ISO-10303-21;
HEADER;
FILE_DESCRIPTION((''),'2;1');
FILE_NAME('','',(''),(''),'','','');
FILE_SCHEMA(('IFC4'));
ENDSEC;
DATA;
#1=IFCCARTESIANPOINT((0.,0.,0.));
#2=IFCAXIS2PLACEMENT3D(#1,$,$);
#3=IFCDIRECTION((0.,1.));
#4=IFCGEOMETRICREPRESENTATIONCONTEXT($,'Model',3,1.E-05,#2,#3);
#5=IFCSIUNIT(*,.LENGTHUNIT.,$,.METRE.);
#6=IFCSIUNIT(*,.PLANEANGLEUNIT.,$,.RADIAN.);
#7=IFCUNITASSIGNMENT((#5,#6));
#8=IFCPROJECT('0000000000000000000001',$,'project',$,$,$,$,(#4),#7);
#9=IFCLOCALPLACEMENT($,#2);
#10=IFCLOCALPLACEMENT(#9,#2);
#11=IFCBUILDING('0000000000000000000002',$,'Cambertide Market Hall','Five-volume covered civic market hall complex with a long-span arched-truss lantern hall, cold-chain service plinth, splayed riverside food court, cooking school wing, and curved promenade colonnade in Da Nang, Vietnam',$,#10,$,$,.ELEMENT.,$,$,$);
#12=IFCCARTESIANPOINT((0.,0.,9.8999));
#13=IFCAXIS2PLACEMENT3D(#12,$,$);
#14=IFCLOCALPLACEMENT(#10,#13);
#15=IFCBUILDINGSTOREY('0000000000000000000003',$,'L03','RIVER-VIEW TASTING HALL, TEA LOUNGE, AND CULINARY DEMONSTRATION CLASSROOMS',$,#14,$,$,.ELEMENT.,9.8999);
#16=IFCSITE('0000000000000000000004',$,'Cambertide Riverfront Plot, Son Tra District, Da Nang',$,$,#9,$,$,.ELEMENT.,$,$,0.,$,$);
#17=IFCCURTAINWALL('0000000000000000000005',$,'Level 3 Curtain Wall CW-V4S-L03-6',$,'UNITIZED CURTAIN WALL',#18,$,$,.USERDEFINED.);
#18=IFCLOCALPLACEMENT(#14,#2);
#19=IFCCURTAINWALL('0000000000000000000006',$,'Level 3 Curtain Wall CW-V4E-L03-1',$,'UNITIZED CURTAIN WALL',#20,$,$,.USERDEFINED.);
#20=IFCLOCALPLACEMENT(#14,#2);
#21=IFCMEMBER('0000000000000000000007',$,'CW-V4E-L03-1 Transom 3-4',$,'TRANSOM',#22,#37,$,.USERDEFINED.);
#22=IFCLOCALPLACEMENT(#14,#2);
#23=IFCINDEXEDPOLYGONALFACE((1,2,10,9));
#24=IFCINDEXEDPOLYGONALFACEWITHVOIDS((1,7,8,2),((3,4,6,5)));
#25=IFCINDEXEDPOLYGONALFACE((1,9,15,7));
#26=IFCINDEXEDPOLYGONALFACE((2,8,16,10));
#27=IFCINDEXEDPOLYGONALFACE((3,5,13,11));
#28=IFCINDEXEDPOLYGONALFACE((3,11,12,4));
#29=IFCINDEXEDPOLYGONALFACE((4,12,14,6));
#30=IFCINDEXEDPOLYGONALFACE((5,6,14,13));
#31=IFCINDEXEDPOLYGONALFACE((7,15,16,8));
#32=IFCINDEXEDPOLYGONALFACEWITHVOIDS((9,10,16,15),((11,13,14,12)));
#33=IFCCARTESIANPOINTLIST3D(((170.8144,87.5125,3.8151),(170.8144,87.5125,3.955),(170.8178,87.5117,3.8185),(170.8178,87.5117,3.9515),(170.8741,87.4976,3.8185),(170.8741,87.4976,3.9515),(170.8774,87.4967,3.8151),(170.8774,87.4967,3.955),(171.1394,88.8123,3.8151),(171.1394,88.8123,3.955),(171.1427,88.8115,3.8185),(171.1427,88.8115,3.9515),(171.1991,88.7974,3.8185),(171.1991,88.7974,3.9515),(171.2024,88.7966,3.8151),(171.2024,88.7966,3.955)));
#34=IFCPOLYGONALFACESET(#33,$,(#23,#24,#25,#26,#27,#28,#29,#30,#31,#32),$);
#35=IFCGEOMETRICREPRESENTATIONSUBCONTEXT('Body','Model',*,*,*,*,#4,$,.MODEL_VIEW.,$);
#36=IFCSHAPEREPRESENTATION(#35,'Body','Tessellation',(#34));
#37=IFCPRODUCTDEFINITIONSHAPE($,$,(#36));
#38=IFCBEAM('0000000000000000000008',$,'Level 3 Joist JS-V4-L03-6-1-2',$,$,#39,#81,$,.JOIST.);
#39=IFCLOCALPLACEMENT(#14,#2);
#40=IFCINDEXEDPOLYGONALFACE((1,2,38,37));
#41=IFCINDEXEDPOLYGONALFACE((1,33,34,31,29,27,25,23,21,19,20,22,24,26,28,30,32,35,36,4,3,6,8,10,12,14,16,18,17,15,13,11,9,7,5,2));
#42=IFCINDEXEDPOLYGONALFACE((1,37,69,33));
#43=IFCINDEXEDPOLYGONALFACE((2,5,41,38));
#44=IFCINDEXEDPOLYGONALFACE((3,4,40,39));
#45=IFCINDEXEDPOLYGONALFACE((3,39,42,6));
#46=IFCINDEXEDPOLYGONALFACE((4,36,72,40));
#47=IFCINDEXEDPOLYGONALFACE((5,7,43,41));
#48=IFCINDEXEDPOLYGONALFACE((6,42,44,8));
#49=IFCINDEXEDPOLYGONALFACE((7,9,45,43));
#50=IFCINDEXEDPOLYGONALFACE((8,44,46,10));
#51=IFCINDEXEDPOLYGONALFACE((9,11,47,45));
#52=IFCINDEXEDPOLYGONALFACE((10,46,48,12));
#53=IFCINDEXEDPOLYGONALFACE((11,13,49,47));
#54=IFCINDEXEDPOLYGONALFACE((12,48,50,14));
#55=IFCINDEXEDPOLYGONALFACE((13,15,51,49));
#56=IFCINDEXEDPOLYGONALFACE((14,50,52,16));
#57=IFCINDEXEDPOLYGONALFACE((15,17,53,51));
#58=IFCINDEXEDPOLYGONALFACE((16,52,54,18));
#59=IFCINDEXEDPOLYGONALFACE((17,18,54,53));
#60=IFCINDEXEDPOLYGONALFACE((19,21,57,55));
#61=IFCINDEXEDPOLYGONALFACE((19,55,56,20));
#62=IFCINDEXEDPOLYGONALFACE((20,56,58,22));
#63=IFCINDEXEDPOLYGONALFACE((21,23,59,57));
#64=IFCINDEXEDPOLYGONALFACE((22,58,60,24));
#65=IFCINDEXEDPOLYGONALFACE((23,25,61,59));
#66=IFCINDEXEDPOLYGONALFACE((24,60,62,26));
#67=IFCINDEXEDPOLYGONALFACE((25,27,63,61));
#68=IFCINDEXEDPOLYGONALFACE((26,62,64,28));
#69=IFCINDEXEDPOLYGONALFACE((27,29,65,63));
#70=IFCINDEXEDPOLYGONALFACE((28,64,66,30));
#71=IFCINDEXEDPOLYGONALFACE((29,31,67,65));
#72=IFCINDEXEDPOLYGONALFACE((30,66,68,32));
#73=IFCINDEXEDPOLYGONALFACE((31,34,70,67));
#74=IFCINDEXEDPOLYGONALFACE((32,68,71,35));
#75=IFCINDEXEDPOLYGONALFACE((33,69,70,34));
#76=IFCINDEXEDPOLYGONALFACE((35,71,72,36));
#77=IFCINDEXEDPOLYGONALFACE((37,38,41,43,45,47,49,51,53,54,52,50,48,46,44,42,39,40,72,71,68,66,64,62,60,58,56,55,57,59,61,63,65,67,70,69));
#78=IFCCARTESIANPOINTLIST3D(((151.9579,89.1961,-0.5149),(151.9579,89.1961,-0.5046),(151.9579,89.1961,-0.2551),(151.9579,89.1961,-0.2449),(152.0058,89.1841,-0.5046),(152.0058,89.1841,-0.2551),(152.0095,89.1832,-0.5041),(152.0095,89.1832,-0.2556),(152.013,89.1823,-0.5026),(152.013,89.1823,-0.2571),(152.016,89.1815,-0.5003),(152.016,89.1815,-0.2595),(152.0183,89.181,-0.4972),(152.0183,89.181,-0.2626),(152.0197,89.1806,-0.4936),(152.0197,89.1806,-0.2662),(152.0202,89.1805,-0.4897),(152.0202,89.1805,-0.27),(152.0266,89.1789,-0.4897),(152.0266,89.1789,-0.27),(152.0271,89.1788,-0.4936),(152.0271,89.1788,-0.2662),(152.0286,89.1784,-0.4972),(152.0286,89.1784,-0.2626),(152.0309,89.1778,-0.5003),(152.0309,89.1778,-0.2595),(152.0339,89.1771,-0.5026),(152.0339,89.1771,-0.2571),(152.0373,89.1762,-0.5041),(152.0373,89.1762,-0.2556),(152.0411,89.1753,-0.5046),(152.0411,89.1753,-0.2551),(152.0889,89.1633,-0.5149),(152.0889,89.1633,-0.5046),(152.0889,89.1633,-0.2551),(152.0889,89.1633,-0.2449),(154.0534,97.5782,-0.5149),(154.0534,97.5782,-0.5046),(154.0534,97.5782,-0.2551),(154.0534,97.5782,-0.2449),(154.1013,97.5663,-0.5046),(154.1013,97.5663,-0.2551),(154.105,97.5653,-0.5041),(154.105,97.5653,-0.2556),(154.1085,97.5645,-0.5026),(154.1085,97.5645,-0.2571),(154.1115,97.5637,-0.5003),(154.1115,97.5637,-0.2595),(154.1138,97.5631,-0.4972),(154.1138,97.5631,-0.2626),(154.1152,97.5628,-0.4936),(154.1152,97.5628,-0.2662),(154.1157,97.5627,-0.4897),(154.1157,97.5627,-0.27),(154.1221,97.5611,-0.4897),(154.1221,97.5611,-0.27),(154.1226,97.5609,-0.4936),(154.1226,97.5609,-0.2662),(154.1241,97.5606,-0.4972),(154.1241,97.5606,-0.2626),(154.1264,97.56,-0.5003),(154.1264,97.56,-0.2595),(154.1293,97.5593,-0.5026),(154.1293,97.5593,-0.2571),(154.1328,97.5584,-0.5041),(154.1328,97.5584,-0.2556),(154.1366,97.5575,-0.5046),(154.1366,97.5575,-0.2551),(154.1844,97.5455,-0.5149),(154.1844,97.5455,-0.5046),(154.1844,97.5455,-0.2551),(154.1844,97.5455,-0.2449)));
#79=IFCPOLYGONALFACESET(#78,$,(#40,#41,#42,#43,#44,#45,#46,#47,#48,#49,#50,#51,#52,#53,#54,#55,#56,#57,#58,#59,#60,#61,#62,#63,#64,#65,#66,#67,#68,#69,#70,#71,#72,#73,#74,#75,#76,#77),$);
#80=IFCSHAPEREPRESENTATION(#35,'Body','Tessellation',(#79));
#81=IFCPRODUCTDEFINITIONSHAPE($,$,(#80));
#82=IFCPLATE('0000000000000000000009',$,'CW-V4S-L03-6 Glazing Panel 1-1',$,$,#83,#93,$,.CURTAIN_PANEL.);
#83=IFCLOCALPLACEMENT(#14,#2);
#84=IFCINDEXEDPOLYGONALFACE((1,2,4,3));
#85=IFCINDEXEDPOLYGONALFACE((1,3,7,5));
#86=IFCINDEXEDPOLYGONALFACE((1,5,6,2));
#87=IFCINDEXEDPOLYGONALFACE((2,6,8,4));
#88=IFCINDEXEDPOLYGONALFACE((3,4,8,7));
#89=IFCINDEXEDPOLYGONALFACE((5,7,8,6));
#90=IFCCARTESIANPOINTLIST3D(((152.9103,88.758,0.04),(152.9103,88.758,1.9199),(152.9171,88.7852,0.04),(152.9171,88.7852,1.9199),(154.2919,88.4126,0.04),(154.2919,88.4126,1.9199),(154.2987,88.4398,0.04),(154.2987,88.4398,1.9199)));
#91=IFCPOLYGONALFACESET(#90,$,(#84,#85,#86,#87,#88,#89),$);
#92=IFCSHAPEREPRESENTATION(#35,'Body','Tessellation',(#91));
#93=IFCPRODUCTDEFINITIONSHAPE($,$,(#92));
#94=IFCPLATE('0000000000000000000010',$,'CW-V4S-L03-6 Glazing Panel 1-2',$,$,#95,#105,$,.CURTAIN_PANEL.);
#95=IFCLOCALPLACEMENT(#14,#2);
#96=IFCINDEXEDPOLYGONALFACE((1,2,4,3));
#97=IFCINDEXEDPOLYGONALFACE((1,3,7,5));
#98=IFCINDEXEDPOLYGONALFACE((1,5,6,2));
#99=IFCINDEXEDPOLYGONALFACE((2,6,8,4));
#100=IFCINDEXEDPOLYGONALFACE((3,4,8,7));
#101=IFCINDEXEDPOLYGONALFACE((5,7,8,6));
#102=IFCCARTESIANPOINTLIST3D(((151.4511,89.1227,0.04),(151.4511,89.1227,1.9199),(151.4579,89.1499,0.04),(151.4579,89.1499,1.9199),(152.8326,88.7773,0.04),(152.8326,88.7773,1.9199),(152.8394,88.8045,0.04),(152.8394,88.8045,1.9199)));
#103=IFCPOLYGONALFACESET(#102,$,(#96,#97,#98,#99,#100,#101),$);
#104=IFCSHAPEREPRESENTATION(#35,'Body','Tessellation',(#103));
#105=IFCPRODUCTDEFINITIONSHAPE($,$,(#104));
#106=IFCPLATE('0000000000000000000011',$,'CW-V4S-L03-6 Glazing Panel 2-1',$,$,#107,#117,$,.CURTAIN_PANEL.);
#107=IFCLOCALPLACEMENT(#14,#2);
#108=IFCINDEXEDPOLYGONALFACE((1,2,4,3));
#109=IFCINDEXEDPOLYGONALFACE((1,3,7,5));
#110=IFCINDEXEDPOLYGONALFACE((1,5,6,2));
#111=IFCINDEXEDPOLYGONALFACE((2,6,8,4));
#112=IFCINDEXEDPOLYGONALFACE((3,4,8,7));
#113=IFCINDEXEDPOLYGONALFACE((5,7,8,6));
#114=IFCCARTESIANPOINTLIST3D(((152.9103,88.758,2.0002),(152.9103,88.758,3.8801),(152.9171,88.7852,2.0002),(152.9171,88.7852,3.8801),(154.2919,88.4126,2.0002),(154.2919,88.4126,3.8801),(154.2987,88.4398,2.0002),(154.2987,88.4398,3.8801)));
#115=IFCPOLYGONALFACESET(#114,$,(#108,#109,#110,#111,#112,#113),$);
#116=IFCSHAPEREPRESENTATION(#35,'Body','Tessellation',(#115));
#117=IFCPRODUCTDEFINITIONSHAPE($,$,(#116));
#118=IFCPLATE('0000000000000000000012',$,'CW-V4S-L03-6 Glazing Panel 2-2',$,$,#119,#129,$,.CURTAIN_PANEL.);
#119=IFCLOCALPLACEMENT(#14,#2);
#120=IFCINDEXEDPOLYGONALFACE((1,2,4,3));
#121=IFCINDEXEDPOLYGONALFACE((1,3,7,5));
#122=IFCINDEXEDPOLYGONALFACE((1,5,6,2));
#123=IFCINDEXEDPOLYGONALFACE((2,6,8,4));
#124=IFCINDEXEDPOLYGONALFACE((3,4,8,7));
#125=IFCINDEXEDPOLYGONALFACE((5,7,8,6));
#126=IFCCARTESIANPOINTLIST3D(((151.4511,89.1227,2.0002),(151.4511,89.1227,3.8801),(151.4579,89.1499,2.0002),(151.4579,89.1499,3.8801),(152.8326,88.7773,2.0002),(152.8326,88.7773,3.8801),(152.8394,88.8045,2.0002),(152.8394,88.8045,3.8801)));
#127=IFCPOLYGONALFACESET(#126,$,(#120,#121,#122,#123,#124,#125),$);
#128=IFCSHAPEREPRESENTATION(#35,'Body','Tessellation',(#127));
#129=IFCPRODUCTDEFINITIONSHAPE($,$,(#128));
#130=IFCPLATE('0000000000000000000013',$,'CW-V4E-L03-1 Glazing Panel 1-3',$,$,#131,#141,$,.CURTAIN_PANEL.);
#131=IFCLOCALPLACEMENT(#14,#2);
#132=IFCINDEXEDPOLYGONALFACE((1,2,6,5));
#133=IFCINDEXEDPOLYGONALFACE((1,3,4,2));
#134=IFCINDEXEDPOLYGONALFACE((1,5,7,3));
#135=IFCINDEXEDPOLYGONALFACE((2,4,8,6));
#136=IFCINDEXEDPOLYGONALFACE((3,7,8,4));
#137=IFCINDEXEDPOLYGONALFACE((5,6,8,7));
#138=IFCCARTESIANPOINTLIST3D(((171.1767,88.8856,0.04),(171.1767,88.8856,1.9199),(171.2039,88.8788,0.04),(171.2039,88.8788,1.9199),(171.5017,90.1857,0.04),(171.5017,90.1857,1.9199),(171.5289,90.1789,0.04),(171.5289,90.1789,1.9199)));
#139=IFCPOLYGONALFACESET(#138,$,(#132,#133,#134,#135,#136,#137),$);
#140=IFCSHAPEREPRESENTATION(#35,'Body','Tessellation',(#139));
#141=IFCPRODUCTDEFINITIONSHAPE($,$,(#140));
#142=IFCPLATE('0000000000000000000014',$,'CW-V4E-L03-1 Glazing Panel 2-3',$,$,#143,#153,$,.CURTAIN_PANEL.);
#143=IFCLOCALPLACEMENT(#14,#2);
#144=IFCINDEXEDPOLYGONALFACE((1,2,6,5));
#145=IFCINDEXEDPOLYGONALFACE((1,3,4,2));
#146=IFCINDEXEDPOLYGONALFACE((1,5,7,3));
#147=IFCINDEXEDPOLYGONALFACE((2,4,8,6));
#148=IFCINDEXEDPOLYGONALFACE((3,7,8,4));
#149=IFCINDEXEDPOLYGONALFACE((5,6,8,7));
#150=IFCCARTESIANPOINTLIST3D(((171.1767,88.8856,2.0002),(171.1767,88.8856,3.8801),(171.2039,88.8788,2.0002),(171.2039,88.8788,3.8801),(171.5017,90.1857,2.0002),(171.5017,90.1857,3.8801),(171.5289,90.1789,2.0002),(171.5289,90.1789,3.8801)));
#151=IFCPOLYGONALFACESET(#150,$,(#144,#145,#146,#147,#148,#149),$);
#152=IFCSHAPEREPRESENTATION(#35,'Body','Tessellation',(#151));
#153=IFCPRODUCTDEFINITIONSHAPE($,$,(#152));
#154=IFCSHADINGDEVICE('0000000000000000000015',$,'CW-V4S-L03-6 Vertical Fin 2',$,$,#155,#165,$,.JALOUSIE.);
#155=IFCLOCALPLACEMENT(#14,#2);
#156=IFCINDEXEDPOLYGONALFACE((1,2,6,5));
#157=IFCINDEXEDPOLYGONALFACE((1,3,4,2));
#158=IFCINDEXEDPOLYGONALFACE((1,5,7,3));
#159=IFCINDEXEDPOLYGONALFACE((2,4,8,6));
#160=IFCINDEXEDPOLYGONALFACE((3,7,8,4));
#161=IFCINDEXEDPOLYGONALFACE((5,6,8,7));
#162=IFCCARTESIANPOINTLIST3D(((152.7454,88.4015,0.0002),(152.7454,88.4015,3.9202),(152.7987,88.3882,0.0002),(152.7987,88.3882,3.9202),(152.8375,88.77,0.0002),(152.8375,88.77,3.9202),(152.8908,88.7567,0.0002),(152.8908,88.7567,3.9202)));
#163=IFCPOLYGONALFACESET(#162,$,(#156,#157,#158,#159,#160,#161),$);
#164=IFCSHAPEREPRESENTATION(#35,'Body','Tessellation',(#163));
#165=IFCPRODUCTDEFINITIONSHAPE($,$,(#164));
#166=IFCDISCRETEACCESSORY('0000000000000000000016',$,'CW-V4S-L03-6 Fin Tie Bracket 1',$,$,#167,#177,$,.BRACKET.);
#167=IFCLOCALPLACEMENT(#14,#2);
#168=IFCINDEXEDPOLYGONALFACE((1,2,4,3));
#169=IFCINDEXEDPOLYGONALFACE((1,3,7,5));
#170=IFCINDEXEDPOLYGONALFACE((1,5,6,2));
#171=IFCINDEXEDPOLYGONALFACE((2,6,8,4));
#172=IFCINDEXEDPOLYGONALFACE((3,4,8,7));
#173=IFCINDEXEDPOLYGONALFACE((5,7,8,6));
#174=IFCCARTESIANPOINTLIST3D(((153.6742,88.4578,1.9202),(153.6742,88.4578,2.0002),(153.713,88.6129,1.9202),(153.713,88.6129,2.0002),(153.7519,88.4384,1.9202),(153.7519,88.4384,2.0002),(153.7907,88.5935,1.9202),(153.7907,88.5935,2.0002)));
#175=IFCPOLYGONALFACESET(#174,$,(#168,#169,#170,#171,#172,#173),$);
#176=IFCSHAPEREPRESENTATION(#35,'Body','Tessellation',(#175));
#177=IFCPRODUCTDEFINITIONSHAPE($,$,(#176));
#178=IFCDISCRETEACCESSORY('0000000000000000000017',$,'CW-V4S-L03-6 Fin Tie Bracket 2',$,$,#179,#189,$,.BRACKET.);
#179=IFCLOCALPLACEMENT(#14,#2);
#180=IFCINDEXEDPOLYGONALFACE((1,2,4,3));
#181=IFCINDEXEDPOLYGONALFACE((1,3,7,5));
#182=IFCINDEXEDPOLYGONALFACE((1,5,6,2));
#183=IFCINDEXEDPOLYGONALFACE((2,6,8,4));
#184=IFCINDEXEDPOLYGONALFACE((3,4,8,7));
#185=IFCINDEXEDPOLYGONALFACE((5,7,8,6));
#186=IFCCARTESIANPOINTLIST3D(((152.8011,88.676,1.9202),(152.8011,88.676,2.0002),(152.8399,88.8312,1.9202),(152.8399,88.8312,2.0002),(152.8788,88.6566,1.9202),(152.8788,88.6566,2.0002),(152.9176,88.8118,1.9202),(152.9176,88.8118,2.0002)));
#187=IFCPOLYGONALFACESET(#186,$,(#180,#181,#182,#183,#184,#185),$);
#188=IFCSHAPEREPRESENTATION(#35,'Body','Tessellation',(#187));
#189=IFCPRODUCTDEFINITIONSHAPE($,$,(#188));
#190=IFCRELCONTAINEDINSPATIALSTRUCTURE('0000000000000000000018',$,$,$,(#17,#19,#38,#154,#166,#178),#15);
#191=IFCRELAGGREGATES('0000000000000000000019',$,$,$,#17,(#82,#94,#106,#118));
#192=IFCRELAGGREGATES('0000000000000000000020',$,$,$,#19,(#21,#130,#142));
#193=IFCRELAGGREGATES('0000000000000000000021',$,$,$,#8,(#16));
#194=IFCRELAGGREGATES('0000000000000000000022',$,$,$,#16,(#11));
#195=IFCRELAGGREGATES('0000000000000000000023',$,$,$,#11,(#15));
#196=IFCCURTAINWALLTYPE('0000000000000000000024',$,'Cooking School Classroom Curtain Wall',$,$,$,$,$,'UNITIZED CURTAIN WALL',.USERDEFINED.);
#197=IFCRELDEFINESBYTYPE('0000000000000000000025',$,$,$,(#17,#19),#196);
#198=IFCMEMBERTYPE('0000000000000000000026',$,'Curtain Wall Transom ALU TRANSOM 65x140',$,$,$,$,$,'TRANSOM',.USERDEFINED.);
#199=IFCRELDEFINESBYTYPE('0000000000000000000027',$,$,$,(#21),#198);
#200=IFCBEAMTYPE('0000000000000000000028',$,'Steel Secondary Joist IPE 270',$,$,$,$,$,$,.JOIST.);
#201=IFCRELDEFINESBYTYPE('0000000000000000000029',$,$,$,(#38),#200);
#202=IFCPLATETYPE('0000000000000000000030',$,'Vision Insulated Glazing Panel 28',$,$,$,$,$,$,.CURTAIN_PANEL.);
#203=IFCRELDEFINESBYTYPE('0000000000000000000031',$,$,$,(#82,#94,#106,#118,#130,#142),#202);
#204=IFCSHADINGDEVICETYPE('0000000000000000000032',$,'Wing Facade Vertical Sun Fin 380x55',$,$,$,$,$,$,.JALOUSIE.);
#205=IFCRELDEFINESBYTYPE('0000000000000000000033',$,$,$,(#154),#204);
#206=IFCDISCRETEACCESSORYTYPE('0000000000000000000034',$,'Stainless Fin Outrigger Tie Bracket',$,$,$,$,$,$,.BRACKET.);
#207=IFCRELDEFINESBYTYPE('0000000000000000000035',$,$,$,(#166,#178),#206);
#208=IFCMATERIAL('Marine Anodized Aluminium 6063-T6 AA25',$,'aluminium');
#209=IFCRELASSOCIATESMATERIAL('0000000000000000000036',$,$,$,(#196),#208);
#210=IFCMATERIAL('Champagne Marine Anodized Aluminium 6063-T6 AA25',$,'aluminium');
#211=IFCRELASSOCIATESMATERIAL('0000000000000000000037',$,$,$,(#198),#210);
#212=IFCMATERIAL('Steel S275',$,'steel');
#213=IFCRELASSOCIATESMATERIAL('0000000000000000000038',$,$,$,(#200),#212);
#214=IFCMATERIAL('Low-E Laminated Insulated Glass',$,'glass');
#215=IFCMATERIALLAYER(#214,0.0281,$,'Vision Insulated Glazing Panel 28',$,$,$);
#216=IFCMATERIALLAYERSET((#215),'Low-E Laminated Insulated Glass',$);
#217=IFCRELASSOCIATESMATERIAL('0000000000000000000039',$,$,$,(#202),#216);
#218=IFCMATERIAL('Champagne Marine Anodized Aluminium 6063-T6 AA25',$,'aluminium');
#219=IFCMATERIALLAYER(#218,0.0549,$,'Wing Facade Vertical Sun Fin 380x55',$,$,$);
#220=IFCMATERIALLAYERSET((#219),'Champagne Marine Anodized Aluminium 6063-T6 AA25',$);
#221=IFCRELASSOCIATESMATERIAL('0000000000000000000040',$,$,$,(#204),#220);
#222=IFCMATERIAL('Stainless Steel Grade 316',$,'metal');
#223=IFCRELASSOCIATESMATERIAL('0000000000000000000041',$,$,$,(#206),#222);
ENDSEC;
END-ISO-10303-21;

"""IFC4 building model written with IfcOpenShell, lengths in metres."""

from ifc_helpers import new_model, si_unit, direction, frame, origin, origin_2d, place, context, subcontext, project, spatial, rectangle, hollow_rectangle, i_section, extrude, material, layer, layer_set, material_profile, profile_set, type_object, element, aggregate, save


model = new_model("IFC4")

# Units and contexts
model_context = context("Model", 3, precision=1e-05, world=origin(), true_north=direction((0.0, 1.0)))
body_context = subcontext(model_context, "Body", "Model", "MODEL_VIEW")
ifc_project = project(units=[si_unit("LENGTHUNIT", "METRE"), si_unit("PLANEANGLEUNIT", "RADIAN")], contexts=[model_context])

# Site, building, storey
site_placement = place(None, origin())
site = spatial("IfcSite", under=ifc_project, at=site_placement, Name="Cambertide Riverfront Plot, Son Tra District, Da Nang", CompositionType="ELEMENT", RefElevation=0.0)
building_placement = place(site_placement, origin())
building = spatial("IfcBuilding", under=site, at=building_placement, Name="Cambertide Market Hall", Description="Five-volume covered civic market hall complex with a long-span arched-truss lantern hall, cold-chain service plinth, splayed riverside food court, cooking school wing, and curved promenade colonnade in Da Nang, Vietnam", CompositionType="ELEMENT")
storey_placement = place(building_placement, frame((0.0, 0.0, 9.8999)))
storey = spatial("IfcBuildingStorey", under=building, at=storey_placement, Name="L03", Description="RIVER-VIEW TASTING HALL, TEA LOUNGE, AND CULINARY DEMONSTRATION CLASSROOMS", CompositionType="ELEMENT", Elevation=9.8999)

# Curtain walls
ifc_material_1 = material(Name="Marine Anodized Aluminium 6063-T6 AA25", Category="aluminium")
curtain_wall_type = type_object("IfcCurtainWallType", Name="Cooking School Classroom Curtain Wall", ElementType="UNITIZED CURTAIN WALL", PredefinedType="USERDEFINED", material=ifc_material_1)
curtain_wall_1_placement = place(storey_placement, origin())
curtain_wall_1 = element("IfcCurtainWall", 1, at=curtain_wall_1_placement, inside=storey, type_object=curtain_wall_type, Name="Level 3 Curtain Wall CW-V4S-L03-6", ObjectType="UNITIZED CURTAIN WALL", PredefinedType="USERDEFINED")
curtain_wall_2_placement = place(storey_placement, origin())
curtain_wall_2 = element("IfcCurtainWall", 2, at=curtain_wall_2_placement, inside=storey, type_object=curtain_wall_type, Name="Level 3 Curtain Wall CW-V4E-L03-1", ObjectType="UNITIZED CURTAIN WALL", PredefinedType="USERDEFINED")

# Member
ifc_material_2 = material(Name="Champagne Marine Anodized Aluminium 6063-T6 AA25", Category="aluminium")
ifc_material_profile_1 = material_profile(ifc_material_2, hollow_rectangle(XDim=0.0649, YDim=0.1399, WallThickness=0.0034, at=origin_2d()), Name="ALU TRANSOM 65x140")
ifc_profile_set_1 = profile_set([ifc_material_profile_1], Name="Champagne Marine Anodized Aluminium 6063-T6 AA25")
member_type_1 = type_object("IfcMemberType", Name="Curtain Wall Transom ALU TRANSOM 65x140", ElementType="TRANSOM", PredefinedType="USERDEFINED", material=ifc_profile_set_1)
member_1_placement = place(storey_placement, frame((171.1709, 88.8044, 3.885), z_axis=(-0.242536, -0.970143, 0.0), x_axis=(0.970143, -0.242536, 0.0)))
member_1 = element("IfcMember", 3, at=member_1_placement, type_object=member_type_1, Name="CW-V4E-L03-1 Transom 3-4", ObjectType="TRANSOM", PredefinedType="USERDEFINED", context=body_context, shape_type="SweptSolid", body=[
    extrude(hollow_rectangle(XDim=0.0649, YDim=0.1399, WallThickness=0.0034, at=origin_2d()), origin(), (0.0, 0.0, 1.0), 1.3398),
])

# Beam
ifc_material_3 = material(Name="Steel S275", Category="steel")
ifc_material_profile_2 = material_profile(ifc_material_3, i_section(OverallWidth=0.135, OverallDepth=0.27, WebThickness=0.0066, FlangeThickness=0.0103, FilletRadius=0.0149, at=origin_2d()), Name="IPE 270")
ifc_profile_set_2 = profile_set([ifc_material_profile_2], Name="Steel S275")
beam_type = type_object("IfcBeamType", Name="Steel Secondary Joist IPE 270", PredefinedType="JOIST", material=ifc_profile_set_2)
beam_placement = place(storey_placement, frame((152.0234, 89.1797, -0.3799), z_axis=(0.242529, 0.970144, 0.0), x_axis=(-0.970144, 0.242529, 0.0)))
element("IfcBeam", 4, at=beam_placement, inside=storey, type_object=beam_type, Name="Level 3 Joist JS-V4-L03-6-1-2", PredefinedType="JOIST", context=body_context, shape_type="SweptSolid", body=[
    extrude(i_section(OverallWidth=0.135, OverallDepth=0.27, WebThickness=0.0066, FlangeThickness=0.0103, FilletRadius=0.0149, at=origin_2d()), origin(), (0.0, 0.0, 1.0), 8.6401),
])

# Plates
ifc_material_4 = material(Name="Low-E Laminated Insulated Glass", Category="glass")
ifc_layer_1 = layer(ifc_material_4, 0.0281, Name="Vision Insulated Glazing Panel 28")
ifc_layer_set_1 = layer_set([ifc_layer_1], Name="Low-E Laminated Insulated Glass")
plate_type = type_object("IfcPlateType", Name="Vision Insulated Glazing Panel 28", PredefinedType="CURTAIN_PANEL", material=ifc_layer_set_1)
plate_1_placement = place(storey_placement, frame((153.6045, 88.5989, 0.04), z_axis=(0.0, 0.0, 1.0), x_axis=(-0.970143, 0.242535, 0.0)))
plate_1 = element("IfcPlate", 5, at=plate_1_placement, type_object=plate_type, Name="CW-V4S-L03-6 Glazing Panel 1-1", PredefinedType="CURTAIN_PANEL", context=body_context, shape_type="SweptSolid", body=[
    extrude(rectangle(XDim=1.4241, YDim=0.0281, at=origin_2d()), origin(), (0.0, 0.0, 1.0), 1.8799),
])
plate_2_placement = place(storey_placement, frame((152.1453, 88.9636, 0.04), z_axis=(0.0, 0.0, 1.0), x_axis=(-0.970143, 0.242535, 0.0)))
plate_2 = element("IfcPlate", 6, at=plate_2_placement, type_object=plate_type, Name="CW-V4S-L03-6 Glazing Panel 1-2", PredefinedType="CURTAIN_PANEL", context=body_context, shape_type="SweptSolid", body=[
    extrude(rectangle(XDim=1.4241, YDim=0.0281, at=origin_2d()), origin(), (0.0, 0.0, 1.0), 1.8799),
])
plate_3_placement = place(storey_placement, frame((153.6045, 88.5989, 2.0002), z_axis=(0.0, 0.0, 1.0), x_axis=(-0.970143, 0.242535, 0.0)))
plate_3 = element("IfcPlate", 7, at=plate_3_placement, type_object=plate_type, Name="CW-V4S-L03-6 Glazing Panel 2-1", PredefinedType="CURTAIN_PANEL", context=body_context, shape_type="SweptSolid", body=[
    extrude(rectangle(XDim=1.4241, YDim=0.0281, at=origin_2d()), origin(), (0.0, 0.0, 1.0), 1.8799),
])
plate_4_placement = place(storey_placement, frame((152.1453, 88.9636, 2.0002), z_axis=(0.0, 0.0, 1.0), x_axis=(-0.970143, 0.242535, 0.0)))
plate_4 = element("IfcPlate", 8, at=plate_4_placement, type_object=plate_type, Name="CW-V4S-L03-6 Glazing Panel 2-2", PredefinedType="CURTAIN_PANEL", context=body_context, shape_type="SweptSolid", body=[
    extrude(rectangle(XDim=1.4241, YDim=0.0281, at=origin_2d()), origin(), (0.0, 0.0, 1.0), 1.8799),
])
aggregate(curtain_wall_1, [plate_1, plate_2, plate_3, plate_4])
plate_5_placement = place(storey_placement, frame((171.3528, 89.5322, 0.04), z_axis=(0.0, 0.0, 1.0), x_axis=(-0.242536, -0.970143, 0.0)))
plate_5 = element("IfcPlate", 9, at=plate_5_placement, type_object=plate_type, Name="CW-V4E-L03-1 Glazing Panel 1-3", PredefinedType="CURTAIN_PANEL", context=body_context, shape_type="SweptSolid", body=[
    extrude(rectangle(XDim=1.3401, YDim=0.0281, at=origin_2d()), origin(), (0.0, 0.0, 1.0), 1.8799),
])
plate_6_placement = place(storey_placement, frame((171.3528, 89.5322, 2.0002), z_axis=(0.0, 0.0, 1.0), x_axis=(-0.242536, -0.970143, 0.0)))
plate_6 = element("IfcPlate", 10, at=plate_6_placement, type_object=plate_type, Name="CW-V4E-L03-1 Glazing Panel 2-3", PredefinedType="CURTAIN_PANEL", context=body_context, shape_type="SweptSolid", body=[
    extrude(rectangle(XDim=1.3401, YDim=0.0281, at=origin_2d()), origin(), (0.0, 0.0, 1.0), 1.8799),
])
aggregate(curtain_wall_2, [member_1, plate_5, plate_6])

# Shading device
ifc_material_5 = material(Name="Champagne Marine Anodized Aluminium 6063-T6 AA25", Category="aluminium")
ifc_layer_2 = layer(ifc_material_5, 0.0549, Name="Wing Facade Vertical Sun Fin 380x55")
ifc_layer_set_2 = layer_set([ifc_layer_2], Name="Champagne Marine Anodized Aluminium 6063-T6 AA25")
shading_device_type = type_object("IfcShadingDeviceType", Name="Wing Facade Vertical Sun Fin 380x55", PredefinedType="JALOUSIE", material=ifc_layer_set_2)
shading_device_placement = place(storey_placement, frame((152.8181, 88.5791, 0.0002), z_axis=(0.0, 0.0, 1.0), x_axis=(-0.970143, 0.242535, 0.0)))
element("IfcShadingDevice", 11, at=shading_device_placement, inside=storey, type_object=shading_device_type, Name="CW-V4S-L03-6 Vertical Fin 2", PredefinedType="JALOUSIE", context=body_context, shape_type="SweptSolid", body=[
    extrude(rectangle(XDim=0.0549, YDim=0.3799, at=origin_2d()), origin(), (0.0, 0.0, 1.0), 3.9199),
])

# Discrete accessories
ifc_material_6 = material(Name="Stainless Steel Grade 316", Category="metal")
discrete_accessory_type = type_object("IfcDiscreteAccessoryType", Name="Stainless Fin Outrigger Tie Bracket", PredefinedType="BRACKET", material=ifc_material_6)
for number, where, z_axis, x_axis, name in (
    (12, (153.7324, 88.5256, 1.9202), (0.0, 0.0, 1.0), (-0.970143, 0.242535, 0.0), "CW-V4S-L03-6 Fin Tie Bracket 1"),
    (13, (152.8594, 88.7439, 1.9202), (0.0, 0.0, 1.0), (-0.970143, 0.242535, 0.0), "CW-V4S-L03-6 Fin Tie Bracket 2"),
):
    element("IfcDiscreteAccessory", number, at=place(storey_placement, frame(where, z_axis=z_axis, x_axis=x_axis)), inside=storey, type_object=discrete_accessory_type, Name=name, PredefinedType="BRACKET", context=body_context, shape_type="SweptSolid", body=[
        extrude(rectangle(XDim=0.0801, YDim=0.1599, at=origin_2d()), origin(), (0.0, 0.0, 1.0), 0.0801),
    ])

save(model, "model.ifc")
